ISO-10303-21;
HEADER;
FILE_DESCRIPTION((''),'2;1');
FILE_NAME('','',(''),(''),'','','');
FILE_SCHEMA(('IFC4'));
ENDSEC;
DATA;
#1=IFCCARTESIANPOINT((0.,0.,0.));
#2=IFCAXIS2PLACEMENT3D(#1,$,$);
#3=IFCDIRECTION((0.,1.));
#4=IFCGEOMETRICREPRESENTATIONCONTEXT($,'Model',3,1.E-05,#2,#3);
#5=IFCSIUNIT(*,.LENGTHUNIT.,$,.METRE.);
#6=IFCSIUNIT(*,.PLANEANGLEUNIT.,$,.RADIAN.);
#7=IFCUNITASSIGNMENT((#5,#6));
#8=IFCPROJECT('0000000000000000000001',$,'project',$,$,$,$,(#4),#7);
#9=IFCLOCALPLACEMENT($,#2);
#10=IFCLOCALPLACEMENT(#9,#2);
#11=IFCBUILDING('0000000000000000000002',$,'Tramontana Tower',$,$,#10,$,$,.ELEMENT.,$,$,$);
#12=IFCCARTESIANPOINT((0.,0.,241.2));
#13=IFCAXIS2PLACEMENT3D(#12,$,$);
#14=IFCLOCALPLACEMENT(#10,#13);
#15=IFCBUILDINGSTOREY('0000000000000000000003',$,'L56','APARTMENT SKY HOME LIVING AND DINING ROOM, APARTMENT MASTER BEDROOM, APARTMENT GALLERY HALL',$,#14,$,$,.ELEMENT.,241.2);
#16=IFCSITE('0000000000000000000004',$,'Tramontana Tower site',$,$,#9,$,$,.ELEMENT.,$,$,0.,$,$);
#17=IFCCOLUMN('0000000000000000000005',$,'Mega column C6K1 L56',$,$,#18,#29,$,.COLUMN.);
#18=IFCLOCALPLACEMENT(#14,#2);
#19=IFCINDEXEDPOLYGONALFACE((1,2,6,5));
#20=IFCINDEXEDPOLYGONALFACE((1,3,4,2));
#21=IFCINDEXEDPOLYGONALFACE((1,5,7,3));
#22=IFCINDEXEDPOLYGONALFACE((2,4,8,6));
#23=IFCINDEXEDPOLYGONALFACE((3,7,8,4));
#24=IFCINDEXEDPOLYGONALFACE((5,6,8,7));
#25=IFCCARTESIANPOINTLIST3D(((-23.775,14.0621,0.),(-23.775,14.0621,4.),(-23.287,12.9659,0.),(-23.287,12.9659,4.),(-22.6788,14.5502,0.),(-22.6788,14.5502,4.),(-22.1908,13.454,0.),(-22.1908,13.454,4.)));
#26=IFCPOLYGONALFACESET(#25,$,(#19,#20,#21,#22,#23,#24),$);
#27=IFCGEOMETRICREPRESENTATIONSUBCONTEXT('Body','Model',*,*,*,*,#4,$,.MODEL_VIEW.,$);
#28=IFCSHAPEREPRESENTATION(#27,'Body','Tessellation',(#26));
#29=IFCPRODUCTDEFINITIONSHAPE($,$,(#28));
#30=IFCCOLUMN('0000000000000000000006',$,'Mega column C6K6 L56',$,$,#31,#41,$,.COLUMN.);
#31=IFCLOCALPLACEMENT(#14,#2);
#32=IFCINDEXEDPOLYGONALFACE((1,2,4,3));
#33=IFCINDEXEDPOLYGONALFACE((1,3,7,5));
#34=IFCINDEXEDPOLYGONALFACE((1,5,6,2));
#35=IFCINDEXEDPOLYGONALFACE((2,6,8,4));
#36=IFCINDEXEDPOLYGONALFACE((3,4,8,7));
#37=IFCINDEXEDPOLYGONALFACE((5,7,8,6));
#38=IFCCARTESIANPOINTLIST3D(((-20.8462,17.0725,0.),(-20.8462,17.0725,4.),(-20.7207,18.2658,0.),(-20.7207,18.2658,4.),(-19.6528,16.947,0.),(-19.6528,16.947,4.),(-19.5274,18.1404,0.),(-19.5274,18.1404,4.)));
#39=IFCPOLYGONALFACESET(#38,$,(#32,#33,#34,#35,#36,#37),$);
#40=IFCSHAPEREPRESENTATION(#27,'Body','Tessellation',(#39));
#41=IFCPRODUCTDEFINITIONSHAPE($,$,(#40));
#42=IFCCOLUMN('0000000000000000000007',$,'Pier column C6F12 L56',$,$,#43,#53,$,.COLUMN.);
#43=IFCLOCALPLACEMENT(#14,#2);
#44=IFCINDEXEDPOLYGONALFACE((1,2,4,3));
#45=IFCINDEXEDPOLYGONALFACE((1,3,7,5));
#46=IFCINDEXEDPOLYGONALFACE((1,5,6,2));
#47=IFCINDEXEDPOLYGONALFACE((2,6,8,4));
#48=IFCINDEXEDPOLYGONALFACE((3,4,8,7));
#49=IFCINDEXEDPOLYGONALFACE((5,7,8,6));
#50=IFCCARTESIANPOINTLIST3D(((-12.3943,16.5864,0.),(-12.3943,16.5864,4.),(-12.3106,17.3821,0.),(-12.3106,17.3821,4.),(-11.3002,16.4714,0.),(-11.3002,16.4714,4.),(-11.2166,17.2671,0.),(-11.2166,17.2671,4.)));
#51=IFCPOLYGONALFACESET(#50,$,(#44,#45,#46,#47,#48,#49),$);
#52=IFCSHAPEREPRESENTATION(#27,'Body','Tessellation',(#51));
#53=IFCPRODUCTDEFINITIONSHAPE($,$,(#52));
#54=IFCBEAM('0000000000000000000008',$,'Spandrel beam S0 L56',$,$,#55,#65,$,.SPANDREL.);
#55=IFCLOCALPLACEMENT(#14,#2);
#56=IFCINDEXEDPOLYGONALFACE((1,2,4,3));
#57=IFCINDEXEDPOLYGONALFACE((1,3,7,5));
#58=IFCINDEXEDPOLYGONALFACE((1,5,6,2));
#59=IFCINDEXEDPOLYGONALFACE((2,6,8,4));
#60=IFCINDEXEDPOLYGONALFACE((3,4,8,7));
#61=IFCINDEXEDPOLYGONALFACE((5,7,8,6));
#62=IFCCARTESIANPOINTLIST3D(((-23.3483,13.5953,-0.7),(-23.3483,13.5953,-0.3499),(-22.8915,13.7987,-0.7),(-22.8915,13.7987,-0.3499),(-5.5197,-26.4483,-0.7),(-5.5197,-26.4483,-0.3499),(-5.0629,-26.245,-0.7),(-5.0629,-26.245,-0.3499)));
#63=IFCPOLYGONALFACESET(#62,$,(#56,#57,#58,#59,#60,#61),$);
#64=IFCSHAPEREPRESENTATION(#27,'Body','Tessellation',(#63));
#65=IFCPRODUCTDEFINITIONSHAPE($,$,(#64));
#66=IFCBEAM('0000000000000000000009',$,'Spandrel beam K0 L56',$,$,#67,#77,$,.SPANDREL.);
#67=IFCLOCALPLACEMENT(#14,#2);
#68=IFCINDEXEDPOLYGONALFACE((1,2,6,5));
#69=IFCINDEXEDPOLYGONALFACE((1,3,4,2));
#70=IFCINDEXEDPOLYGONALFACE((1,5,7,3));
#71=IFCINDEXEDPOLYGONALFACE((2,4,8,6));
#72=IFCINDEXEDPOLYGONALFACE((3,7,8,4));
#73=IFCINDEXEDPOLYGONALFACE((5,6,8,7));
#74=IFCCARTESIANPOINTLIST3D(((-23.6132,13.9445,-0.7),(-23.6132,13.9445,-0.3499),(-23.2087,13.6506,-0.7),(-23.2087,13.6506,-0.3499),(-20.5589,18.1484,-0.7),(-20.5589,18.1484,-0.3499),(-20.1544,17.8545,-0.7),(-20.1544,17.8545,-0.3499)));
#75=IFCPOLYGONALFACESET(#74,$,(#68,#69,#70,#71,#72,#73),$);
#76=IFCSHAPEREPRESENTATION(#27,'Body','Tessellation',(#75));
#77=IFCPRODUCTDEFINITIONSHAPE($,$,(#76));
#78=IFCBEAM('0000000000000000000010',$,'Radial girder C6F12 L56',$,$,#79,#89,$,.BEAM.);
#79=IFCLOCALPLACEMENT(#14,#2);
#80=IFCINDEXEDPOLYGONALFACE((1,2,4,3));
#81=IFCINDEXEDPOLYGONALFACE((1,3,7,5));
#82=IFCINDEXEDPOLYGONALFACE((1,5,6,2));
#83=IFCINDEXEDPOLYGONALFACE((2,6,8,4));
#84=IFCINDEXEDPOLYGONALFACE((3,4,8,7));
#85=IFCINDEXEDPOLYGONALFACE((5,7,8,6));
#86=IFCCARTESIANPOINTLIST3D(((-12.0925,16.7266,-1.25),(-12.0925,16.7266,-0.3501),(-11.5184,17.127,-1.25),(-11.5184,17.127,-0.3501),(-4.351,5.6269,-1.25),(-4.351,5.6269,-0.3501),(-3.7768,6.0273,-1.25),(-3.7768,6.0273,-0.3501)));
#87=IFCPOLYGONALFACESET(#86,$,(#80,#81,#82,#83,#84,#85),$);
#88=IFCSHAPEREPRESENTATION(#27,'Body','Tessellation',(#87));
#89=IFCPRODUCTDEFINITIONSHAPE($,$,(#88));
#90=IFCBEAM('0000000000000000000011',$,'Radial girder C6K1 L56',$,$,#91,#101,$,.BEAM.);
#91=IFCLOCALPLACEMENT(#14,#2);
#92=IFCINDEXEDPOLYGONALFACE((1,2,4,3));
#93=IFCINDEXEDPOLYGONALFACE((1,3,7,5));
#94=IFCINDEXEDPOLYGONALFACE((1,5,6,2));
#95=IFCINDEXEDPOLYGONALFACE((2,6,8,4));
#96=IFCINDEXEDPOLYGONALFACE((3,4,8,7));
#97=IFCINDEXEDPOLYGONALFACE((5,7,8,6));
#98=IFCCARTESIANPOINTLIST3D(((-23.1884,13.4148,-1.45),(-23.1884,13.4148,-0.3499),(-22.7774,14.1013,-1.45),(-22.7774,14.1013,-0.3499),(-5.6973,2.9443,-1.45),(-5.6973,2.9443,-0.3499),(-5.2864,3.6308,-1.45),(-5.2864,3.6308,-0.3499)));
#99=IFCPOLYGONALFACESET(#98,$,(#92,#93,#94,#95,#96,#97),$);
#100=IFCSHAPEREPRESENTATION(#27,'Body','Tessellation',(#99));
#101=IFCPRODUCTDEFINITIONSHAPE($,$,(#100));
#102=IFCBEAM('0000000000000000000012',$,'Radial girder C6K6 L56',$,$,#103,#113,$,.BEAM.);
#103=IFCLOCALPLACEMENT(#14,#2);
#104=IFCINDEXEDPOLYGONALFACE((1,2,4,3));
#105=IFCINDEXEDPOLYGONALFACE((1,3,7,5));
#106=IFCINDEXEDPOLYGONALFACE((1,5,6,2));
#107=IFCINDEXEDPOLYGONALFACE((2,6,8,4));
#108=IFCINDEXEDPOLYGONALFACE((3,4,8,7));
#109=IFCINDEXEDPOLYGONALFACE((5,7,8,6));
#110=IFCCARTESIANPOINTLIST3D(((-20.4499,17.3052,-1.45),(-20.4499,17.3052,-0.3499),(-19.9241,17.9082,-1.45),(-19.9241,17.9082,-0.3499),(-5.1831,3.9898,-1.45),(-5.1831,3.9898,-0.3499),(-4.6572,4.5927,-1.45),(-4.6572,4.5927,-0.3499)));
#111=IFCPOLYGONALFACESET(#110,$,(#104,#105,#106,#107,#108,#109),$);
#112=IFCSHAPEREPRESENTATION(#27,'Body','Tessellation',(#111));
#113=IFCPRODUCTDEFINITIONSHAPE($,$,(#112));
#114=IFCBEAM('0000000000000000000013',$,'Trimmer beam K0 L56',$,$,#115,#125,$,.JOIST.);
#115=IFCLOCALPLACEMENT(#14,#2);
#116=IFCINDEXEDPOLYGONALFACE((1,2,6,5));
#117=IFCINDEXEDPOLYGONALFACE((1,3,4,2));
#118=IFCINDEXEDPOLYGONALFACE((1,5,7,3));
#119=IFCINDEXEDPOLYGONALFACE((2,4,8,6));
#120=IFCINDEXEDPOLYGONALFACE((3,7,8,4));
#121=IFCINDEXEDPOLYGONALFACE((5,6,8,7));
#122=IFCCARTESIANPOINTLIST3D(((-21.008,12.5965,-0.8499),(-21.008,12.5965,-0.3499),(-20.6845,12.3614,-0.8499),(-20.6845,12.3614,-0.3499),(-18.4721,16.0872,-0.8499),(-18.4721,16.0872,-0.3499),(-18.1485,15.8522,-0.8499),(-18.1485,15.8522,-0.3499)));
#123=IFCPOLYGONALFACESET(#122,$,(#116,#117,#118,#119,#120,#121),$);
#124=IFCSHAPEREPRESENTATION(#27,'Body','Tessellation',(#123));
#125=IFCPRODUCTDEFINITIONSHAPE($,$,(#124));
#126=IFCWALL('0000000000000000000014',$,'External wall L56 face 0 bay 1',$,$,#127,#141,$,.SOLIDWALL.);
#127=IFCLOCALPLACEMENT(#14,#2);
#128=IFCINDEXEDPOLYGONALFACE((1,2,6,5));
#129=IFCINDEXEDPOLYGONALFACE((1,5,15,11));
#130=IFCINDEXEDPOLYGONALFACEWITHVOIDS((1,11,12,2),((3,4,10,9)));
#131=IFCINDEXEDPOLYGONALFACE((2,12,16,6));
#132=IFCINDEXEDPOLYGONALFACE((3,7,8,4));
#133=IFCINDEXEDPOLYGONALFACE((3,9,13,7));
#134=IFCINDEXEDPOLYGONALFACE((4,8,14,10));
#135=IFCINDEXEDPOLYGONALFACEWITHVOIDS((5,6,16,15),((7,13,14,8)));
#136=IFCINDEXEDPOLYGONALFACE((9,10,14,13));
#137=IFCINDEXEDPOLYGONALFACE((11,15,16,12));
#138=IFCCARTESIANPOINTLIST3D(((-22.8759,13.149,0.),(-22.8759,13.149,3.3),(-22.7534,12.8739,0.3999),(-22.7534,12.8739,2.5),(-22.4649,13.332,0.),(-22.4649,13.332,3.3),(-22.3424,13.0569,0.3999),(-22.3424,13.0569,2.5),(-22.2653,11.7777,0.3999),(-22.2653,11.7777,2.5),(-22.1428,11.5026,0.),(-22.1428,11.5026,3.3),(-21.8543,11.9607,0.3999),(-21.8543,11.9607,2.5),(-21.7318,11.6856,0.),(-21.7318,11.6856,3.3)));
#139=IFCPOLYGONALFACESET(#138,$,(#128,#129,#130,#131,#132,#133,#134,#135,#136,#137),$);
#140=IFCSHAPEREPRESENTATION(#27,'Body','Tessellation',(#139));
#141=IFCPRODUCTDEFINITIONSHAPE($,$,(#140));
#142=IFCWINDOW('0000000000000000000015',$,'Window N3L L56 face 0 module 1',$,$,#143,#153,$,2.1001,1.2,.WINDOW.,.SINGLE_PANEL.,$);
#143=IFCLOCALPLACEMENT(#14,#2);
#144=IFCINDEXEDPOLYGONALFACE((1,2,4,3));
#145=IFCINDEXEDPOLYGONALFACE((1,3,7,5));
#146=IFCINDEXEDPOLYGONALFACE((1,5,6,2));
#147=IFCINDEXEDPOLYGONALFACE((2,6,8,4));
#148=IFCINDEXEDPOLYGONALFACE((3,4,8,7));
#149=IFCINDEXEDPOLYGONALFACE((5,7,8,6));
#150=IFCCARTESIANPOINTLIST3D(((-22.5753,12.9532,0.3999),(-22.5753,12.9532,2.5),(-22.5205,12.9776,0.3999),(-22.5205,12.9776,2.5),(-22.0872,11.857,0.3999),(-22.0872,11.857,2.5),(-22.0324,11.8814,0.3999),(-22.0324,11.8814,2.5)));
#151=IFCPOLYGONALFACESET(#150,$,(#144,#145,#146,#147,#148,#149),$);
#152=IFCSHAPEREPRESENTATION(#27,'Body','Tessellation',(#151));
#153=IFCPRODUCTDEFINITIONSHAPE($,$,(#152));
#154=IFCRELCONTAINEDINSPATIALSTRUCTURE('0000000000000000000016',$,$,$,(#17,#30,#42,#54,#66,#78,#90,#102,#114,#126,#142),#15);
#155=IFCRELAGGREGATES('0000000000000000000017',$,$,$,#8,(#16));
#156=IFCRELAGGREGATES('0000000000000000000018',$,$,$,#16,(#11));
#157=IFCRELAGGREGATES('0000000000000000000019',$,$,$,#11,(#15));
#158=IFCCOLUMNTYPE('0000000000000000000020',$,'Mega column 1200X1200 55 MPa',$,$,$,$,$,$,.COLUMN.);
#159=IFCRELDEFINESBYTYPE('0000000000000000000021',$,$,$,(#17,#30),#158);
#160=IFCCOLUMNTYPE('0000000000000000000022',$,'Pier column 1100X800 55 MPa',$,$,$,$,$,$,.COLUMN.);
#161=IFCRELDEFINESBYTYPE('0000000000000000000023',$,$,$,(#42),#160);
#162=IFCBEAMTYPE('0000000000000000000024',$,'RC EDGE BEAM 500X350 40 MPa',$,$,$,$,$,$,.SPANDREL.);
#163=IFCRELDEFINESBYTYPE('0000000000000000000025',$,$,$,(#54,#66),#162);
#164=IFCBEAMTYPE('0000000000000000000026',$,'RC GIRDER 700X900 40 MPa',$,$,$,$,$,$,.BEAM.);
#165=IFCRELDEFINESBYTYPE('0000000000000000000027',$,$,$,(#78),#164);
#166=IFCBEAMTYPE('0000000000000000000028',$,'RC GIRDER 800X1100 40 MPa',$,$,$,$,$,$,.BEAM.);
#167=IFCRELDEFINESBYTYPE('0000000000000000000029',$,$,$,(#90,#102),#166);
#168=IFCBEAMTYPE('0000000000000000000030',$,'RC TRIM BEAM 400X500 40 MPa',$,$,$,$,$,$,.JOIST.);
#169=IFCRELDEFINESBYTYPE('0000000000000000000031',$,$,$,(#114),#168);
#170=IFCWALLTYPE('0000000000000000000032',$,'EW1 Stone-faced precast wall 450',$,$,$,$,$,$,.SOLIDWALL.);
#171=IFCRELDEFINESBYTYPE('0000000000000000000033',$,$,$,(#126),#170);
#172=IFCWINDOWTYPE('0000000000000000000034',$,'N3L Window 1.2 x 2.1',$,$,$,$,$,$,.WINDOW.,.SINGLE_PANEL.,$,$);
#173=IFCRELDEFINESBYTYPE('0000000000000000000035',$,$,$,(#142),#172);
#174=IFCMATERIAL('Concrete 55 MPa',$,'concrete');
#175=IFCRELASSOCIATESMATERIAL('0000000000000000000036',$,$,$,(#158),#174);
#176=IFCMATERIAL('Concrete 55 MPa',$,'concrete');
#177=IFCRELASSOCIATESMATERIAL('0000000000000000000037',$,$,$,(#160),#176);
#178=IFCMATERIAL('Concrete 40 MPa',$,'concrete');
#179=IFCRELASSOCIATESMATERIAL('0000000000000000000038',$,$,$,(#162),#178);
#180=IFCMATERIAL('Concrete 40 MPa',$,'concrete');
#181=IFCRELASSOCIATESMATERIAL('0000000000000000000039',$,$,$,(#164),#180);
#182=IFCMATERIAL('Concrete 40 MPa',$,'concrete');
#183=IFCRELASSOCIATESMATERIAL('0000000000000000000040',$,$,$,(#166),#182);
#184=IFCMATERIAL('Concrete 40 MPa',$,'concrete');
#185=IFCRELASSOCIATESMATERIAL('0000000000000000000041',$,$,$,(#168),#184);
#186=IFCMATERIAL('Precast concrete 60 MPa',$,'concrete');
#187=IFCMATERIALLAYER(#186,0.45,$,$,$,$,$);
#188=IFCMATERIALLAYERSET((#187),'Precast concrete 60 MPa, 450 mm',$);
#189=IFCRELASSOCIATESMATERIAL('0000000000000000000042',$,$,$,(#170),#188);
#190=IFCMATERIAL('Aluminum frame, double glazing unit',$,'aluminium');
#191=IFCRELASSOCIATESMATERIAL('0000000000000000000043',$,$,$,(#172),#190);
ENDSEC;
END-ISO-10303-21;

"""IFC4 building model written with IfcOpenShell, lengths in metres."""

from ifc_helpers import new_model, si_unit, direction, frame, frame_2d, origin, origin_2d, place, context, subcontext, project, spatial, rectangle, extrude, material, layer, layer_set, material_profile, profile_set, type_object, element, fill, save


model = new_model("IFC4")

# Units and contexts
model_context = context("Model", 3, precision=1e-05, world=origin(), true_north=direction((0.0, 1.0)))
body_context = subcontext(model_context, "Body", "Model", "MODEL_VIEW")
ifc_project = project(units=[si_unit("LENGTHUNIT", "METRE"), si_unit("PLANEANGLEUNIT", "RADIAN")], contexts=[model_context])

# Site, building, storey
site_placement = place(None, origin())
site = spatial("IfcSite", under=ifc_project, at=site_placement, Name="Tramontana Tower site", CompositionType="ELEMENT", RefElevation=0.0)
building_placement = place(site_placement, origin())
building = spatial("IfcBuilding", under=site, at=building_placement, Name="Tramontana Tower", CompositionType="ELEMENT")
storey_placement = place(building_placement, frame((0.0, 0.0, 241.2)))
storey = spatial("IfcBuildingStorey", under=building, at=storey_placement, Name="L56", Description="APARTMENT SKY HOME LIVING AND DINING ROOM, APARTMENT MASTER BEDROOM, APARTMENT GALLERY HALL", CompositionType="ELEMENT", Elevation=241.2)

# Columns
ifc_material_1 = material(Name="Concrete 55 MPa", Category="concrete")
ifc_material_profile_1 = material_profile(ifc_material_1, rectangle(XDim=1.2, YDim=1.2, at=origin_2d()), Name="Mega column 1200X1200 55 MPa")
ifc_profile_set_1 = profile_set([ifc_material_profile_1], Name="Concrete 55 MPa")
column_type_1 = type_object("IfcColumnType", Name="Mega column 1200X1200 55 MPa", PredefinedType="COLUMN", material=ifc_profile_set_1)
for number, where, z_axis, x_axis, name in (
    (1, (-22.9829, 13.7581, 0.0), (0.0, 0.0, 1.0), (0.406737, -0.913545, 0.0), "Mega column C6K1 L56"),
    (2, (-20.1868, 17.6064, 0.0), (0.0, 0.0, 1.0), (-0.994522, 0.104528, 0.0), "Mega column C6K6 L56"),
):
    element("IfcColumn", number, at=place(storey_placement, frame(where, z_axis=z_axis, x_axis=x_axis)), inside=storey, type_object=column_type_1, Name=name, PredefinedType="COLUMN", context=body_context, shape_type="SweptSolid", body=[
        extrude(rectangle(XDim=1.2, YDim=1.2, at=origin_2d()), origin(), (0.0, 0.0, 1.0), 4.0),
    ])
ifc_material_2 = material(Name="Concrete 55 MPa", Category="concrete")
ifc_material_profile_2 = material_profile(ifc_material_2, rectangle(XDim=1.1001, YDim=0.8, at=origin_2d()), Name="Pier column 1100X800 55 MPa")
ifc_profile_set_2 = profile_set([ifc_material_profile_2], Name="Concrete 55 MPa")
column_type_2 = type_object("IfcColumnType", Name="Pier column 1100X800 55 MPa", PredefinedType="COLUMN", material=ifc_profile_set_2)
column_placement = place(storey_placement, frame((-11.8054, 16.9268, 0.0), z_axis=(0.0, 0.0, 1.0), x_axis=(-0.994522, 0.104528, 0.0)))
element("IfcColumn", 3, at=column_placement, inside=storey, type_object=column_type_2, Name="Pier column C6F12 L56", PredefinedType="COLUMN", context=body_context, shape_type="SweptSolid", body=[
    extrude(rectangle(XDim=1.1001, YDim=0.8, at=origin_2d()), origin(), (0.0, 0.0, 1.0), 4.0),
])

# Beams
ifc_material_3 = material(Name="Concrete 40 MPa", Category="concrete")
ifc_material_profile_3 = material_profile(ifc_material_3, rectangle(XDim=0.5, YDim=0.3501, at=origin_2d()), Name="RC EDGE BEAM 500X350 40 MPa")
ifc_profile_set_3 = profile_set([ifc_material_profile_3], Name="Concrete 40 MPa")
beam_type_1 = type_object("IfcBeamType", Name="RC EDGE BEAM 500X350 40 MPa", PredefinedType="SPANDREL", material=ifc_profile_set_3)
beam_1_placement = place(storey_placement, frame((-23.1199, 13.697, -0.5249), z_axis=(0.406737, -0.913545, 0.0), x_axis=(0.913545, 0.406737, 0.0)))
element("IfcBeam", 4, at=beam_1_placement, inside=storey, type_object=beam_type_1, Name="Spandrel beam S0 L56", PredefinedType="SPANDREL", context=body_context, shape_type="SweptSolid", body=[
    extrude(rectangle(XDim=0.5, YDim=0.3501, at=origin_2d()), origin(), (0.0, 0.0, 1.0), 43.8333),
])
beam_2_placement = place(storey_placement, frame((-20.3567, 18.0015, -0.5249), z_axis=(-0.587775, -0.809024, 0.0), x_axis=(0.809024, -0.587775, 0.0)))
element("IfcBeam", 5, at=beam_2_placement, inside=storey, type_object=beam_type_1, Name="Spandrel beam K0 L56", PredefinedType="SPANDREL", context=body_context, shape_type="SweptSolid", body=[
    extrude(rectangle(XDim=0.5, YDim=0.3501, at=origin_2d()), origin(), (0.0, 0.0, 1.0), 5.1963),
])
ifc_material_4 = material(Name="Concrete 40 MPa", Category="concrete")
ifc_material_profile_4 = material_profile(ifc_material_4, rectangle(XDim=0.7, YDim=0.8999, at=origin_2d()), Name="RC GIRDER 700X900 40 MPa")
ifc_profile_set_4 = profile_set([ifc_material_profile_4], Name="Concrete 40 MPa")
beam_type_2 = type_object("IfcBeamType", Name="RC GIRDER 700X900 40 MPa", PredefinedType="BEAM", material=ifc_profile_set_4)
beam_3_placement = place(storey_placement, frame((-11.8054, 16.9268, -0.8), z_axis=(0.572059, -0.820212, 0.0), x_axis=(0.820212, 0.572059, 0.0)))
element("IfcBeam", 6, at=beam_3_placement, inside=storey, type_object=beam_type_2, Name="Radial girder C6F12 L56", PredefinedType="BEAM", context=body_context, shape_type="SweptSolid", body=[
    extrude(rectangle(XDim=0.7, YDim=0.8999, at=origin_2d()), origin(), (0.0, 0.0, 1.0), 13.5327),
])
ifc_material_5 = material(Name="Concrete 40 MPa", Category="concrete")
ifc_material_profile_5 = material_profile(ifc_material_5, rectangle(XDim=0.8, YDim=1.1001, at=origin_2d()), Name="RC GIRDER 800X1100 40 MPa")
ifc_profile_set_5 = profile_set([ifc_material_profile_5], Name="Concrete 40 MPa")
beam_type_3 = type_object("IfcBeamType", Name="RC GIRDER 800X1100 40 MPa", PredefinedType="BEAM", material=ifc_profile_set_5)
beam_4_placement = place(storey_placement, frame((-22.9829, 13.7581, -0.8999), z_axis=(0.858015, -0.513625, 0.0), x_axis=(0.513625, 0.858015, 0.0)))
element("IfcBeam", 7, at=beam_4_placement, inside=storey, type_object=beam_type_3, Name="Radial girder C6K1 L56", PredefinedType="BEAM", context=body_context, shape_type="SweptSolid", body=[
    extrude(rectangle(XDim=0.8, YDim=1.1001, at=origin_2d()), origin(), (0.0, 0.0, 1.0), 20.3855),
])
beam_5_placement = place(storey_placement, frame((-20.187, 17.6067, -0.8999), z_axis=(0.753629, -0.6573, 0.0), x_axis=(0.6573, 0.753629, 0.0)))
element("IfcBeam", 8, at=beam_5_placement, inside=storey, type_object=beam_type_3, Name="Radial girder C6K6 L56", PredefinedType="BEAM", context=body_context, shape_type="SweptSolid", body=[
    extrude(rectangle(XDim=0.8, YDim=1.1001, at=origin_2d()), origin(), (0.0, 0.0, 1.0), 20.2578),
])
ifc_material_6 = material(Name="Concrete 40 MPa", Category="concrete")
ifc_material_profile_6 = material_profile(ifc_material_6, rectangle(XDim=0.3999, YDim=0.5, at=origin_2d()), Name="RC TRIM BEAM 400X500 40 MPa")
ifc_profile_set_6 = profile_set([ifc_material_profile_6], Name="Concrete 40 MPa")
beam_type_4 = type_object("IfcBeamType", Name="RC TRIM BEAM 400X500 40 MPa", PredefinedType="JOIST", material=ifc_profile_set_6)
beam_6_placement = place(storey_placement, frame((-18.3103, 15.9697, -0.5999), z_axis=(-0.587744, -0.809047, 0.0), x_axis=(0.809047, -0.587744, 0.0)))
element("IfcBeam", 9, at=beam_6_placement, inside=storey, type_object=beam_type_4, Name="Trimmer beam K0 L56", PredefinedType="JOIST", context=body_context, shape_type="SweptSolid", body=[
    extrude(rectangle(XDim=0.3999, YDim=0.5, at=origin_2d()), origin(), (0.0, 0.0, 1.0), 4.3147),
])

# Wall, opening, window
ifc_material_7 = material(Name="Precast concrete 60 MPa", Category="concrete")
ifc_layer_1 = layer(ifc_material_7, 0.45)
ifc_layer_set_1 = layer_set([ifc_layer_1], Name="Precast concrete 60 MPa, 450 mm")
wall_type_1 = type_object("IfcWallType", Name="EW1 Stone-faced precast wall 450", PredefinedType="SOLIDWALL", material=ifc_layer_set_1)
wall_1_placement = place(storey_placement, frame((-22.6704, 13.2405, 0.0), z_axis=(0.0, 0.0, 1.0), x_axis=(0.406779, -0.913526, 0.0)))
wall_1 = element("IfcWall", 10, at=wall_1_placement, inside=storey, type_object=wall_type_1, Name="External wall L56 face 0 bay 1", PredefinedType="SOLIDWALL", context=body_context, shape_type="SweptSolid", body=[
    extrude(rectangle(XDim=1.8022, YDim=0.45, at=frame_2d((0.9011, 0.0))), origin(), (0.0, 0.0, 1.0), 3.3),
])
opening_1_placement = place(wall_1_placement, frame((0.301, 0.0, 0.3999)))
opening_1 = element("IfcOpeningElement", 11, at=opening_1_placement, cuts=wall_1, PredefinedType="OPENING", context=body_context, shape_type="SweptSolid", body=[
    extrude(rectangle(XDim=1.2, YDim=2.1001, at=frame_2d((0.6001, 1.05))), frame((0.0, 0.2349, 0.0), z_axis=(0.0, -1.0, 0.0), x_axis=(1.0, 0.0, 0.0)), (0.0, 0.0, 1.0), 0.47),
])
ifc_material_8 = material(Name="Aluminum frame, double glazing unit", Category="aluminium")
window_type_1 = type_object("IfcWindowType", Name="N3L Window 1.2 x 2.1", PartitioningType="SINGLE_PANEL", PredefinedType="WINDOW", material=ifc_material_8)
window_1_placement = place(opening_1_placement, origin())
window_1 = element("IfcWindow", 12, at=window_1_placement, inside=storey, type_object=window_type_1, Name="Window N3L L56 face 0 module 1", OverallHeight=2.1001, OverallWidth=1.2, PartitioningType="SINGLE_PANEL", PredefinedType="WINDOW", context=body_context, shape_type="SweptSolid", body=[
    extrude(rectangle(XDim=1.2, YDim=2.1001, at=frame_2d((0.6001, 1.05))), frame((0.0, 0.03, 0.0), z_axis=(0.0, -1.0, 0.0), x_axis=(1.0, 0.0, 0.0)), (0.0, 0.0, 1.0), 0.0601),
])
fill(opening_1, window_1)

save(model, "model.ifc")
